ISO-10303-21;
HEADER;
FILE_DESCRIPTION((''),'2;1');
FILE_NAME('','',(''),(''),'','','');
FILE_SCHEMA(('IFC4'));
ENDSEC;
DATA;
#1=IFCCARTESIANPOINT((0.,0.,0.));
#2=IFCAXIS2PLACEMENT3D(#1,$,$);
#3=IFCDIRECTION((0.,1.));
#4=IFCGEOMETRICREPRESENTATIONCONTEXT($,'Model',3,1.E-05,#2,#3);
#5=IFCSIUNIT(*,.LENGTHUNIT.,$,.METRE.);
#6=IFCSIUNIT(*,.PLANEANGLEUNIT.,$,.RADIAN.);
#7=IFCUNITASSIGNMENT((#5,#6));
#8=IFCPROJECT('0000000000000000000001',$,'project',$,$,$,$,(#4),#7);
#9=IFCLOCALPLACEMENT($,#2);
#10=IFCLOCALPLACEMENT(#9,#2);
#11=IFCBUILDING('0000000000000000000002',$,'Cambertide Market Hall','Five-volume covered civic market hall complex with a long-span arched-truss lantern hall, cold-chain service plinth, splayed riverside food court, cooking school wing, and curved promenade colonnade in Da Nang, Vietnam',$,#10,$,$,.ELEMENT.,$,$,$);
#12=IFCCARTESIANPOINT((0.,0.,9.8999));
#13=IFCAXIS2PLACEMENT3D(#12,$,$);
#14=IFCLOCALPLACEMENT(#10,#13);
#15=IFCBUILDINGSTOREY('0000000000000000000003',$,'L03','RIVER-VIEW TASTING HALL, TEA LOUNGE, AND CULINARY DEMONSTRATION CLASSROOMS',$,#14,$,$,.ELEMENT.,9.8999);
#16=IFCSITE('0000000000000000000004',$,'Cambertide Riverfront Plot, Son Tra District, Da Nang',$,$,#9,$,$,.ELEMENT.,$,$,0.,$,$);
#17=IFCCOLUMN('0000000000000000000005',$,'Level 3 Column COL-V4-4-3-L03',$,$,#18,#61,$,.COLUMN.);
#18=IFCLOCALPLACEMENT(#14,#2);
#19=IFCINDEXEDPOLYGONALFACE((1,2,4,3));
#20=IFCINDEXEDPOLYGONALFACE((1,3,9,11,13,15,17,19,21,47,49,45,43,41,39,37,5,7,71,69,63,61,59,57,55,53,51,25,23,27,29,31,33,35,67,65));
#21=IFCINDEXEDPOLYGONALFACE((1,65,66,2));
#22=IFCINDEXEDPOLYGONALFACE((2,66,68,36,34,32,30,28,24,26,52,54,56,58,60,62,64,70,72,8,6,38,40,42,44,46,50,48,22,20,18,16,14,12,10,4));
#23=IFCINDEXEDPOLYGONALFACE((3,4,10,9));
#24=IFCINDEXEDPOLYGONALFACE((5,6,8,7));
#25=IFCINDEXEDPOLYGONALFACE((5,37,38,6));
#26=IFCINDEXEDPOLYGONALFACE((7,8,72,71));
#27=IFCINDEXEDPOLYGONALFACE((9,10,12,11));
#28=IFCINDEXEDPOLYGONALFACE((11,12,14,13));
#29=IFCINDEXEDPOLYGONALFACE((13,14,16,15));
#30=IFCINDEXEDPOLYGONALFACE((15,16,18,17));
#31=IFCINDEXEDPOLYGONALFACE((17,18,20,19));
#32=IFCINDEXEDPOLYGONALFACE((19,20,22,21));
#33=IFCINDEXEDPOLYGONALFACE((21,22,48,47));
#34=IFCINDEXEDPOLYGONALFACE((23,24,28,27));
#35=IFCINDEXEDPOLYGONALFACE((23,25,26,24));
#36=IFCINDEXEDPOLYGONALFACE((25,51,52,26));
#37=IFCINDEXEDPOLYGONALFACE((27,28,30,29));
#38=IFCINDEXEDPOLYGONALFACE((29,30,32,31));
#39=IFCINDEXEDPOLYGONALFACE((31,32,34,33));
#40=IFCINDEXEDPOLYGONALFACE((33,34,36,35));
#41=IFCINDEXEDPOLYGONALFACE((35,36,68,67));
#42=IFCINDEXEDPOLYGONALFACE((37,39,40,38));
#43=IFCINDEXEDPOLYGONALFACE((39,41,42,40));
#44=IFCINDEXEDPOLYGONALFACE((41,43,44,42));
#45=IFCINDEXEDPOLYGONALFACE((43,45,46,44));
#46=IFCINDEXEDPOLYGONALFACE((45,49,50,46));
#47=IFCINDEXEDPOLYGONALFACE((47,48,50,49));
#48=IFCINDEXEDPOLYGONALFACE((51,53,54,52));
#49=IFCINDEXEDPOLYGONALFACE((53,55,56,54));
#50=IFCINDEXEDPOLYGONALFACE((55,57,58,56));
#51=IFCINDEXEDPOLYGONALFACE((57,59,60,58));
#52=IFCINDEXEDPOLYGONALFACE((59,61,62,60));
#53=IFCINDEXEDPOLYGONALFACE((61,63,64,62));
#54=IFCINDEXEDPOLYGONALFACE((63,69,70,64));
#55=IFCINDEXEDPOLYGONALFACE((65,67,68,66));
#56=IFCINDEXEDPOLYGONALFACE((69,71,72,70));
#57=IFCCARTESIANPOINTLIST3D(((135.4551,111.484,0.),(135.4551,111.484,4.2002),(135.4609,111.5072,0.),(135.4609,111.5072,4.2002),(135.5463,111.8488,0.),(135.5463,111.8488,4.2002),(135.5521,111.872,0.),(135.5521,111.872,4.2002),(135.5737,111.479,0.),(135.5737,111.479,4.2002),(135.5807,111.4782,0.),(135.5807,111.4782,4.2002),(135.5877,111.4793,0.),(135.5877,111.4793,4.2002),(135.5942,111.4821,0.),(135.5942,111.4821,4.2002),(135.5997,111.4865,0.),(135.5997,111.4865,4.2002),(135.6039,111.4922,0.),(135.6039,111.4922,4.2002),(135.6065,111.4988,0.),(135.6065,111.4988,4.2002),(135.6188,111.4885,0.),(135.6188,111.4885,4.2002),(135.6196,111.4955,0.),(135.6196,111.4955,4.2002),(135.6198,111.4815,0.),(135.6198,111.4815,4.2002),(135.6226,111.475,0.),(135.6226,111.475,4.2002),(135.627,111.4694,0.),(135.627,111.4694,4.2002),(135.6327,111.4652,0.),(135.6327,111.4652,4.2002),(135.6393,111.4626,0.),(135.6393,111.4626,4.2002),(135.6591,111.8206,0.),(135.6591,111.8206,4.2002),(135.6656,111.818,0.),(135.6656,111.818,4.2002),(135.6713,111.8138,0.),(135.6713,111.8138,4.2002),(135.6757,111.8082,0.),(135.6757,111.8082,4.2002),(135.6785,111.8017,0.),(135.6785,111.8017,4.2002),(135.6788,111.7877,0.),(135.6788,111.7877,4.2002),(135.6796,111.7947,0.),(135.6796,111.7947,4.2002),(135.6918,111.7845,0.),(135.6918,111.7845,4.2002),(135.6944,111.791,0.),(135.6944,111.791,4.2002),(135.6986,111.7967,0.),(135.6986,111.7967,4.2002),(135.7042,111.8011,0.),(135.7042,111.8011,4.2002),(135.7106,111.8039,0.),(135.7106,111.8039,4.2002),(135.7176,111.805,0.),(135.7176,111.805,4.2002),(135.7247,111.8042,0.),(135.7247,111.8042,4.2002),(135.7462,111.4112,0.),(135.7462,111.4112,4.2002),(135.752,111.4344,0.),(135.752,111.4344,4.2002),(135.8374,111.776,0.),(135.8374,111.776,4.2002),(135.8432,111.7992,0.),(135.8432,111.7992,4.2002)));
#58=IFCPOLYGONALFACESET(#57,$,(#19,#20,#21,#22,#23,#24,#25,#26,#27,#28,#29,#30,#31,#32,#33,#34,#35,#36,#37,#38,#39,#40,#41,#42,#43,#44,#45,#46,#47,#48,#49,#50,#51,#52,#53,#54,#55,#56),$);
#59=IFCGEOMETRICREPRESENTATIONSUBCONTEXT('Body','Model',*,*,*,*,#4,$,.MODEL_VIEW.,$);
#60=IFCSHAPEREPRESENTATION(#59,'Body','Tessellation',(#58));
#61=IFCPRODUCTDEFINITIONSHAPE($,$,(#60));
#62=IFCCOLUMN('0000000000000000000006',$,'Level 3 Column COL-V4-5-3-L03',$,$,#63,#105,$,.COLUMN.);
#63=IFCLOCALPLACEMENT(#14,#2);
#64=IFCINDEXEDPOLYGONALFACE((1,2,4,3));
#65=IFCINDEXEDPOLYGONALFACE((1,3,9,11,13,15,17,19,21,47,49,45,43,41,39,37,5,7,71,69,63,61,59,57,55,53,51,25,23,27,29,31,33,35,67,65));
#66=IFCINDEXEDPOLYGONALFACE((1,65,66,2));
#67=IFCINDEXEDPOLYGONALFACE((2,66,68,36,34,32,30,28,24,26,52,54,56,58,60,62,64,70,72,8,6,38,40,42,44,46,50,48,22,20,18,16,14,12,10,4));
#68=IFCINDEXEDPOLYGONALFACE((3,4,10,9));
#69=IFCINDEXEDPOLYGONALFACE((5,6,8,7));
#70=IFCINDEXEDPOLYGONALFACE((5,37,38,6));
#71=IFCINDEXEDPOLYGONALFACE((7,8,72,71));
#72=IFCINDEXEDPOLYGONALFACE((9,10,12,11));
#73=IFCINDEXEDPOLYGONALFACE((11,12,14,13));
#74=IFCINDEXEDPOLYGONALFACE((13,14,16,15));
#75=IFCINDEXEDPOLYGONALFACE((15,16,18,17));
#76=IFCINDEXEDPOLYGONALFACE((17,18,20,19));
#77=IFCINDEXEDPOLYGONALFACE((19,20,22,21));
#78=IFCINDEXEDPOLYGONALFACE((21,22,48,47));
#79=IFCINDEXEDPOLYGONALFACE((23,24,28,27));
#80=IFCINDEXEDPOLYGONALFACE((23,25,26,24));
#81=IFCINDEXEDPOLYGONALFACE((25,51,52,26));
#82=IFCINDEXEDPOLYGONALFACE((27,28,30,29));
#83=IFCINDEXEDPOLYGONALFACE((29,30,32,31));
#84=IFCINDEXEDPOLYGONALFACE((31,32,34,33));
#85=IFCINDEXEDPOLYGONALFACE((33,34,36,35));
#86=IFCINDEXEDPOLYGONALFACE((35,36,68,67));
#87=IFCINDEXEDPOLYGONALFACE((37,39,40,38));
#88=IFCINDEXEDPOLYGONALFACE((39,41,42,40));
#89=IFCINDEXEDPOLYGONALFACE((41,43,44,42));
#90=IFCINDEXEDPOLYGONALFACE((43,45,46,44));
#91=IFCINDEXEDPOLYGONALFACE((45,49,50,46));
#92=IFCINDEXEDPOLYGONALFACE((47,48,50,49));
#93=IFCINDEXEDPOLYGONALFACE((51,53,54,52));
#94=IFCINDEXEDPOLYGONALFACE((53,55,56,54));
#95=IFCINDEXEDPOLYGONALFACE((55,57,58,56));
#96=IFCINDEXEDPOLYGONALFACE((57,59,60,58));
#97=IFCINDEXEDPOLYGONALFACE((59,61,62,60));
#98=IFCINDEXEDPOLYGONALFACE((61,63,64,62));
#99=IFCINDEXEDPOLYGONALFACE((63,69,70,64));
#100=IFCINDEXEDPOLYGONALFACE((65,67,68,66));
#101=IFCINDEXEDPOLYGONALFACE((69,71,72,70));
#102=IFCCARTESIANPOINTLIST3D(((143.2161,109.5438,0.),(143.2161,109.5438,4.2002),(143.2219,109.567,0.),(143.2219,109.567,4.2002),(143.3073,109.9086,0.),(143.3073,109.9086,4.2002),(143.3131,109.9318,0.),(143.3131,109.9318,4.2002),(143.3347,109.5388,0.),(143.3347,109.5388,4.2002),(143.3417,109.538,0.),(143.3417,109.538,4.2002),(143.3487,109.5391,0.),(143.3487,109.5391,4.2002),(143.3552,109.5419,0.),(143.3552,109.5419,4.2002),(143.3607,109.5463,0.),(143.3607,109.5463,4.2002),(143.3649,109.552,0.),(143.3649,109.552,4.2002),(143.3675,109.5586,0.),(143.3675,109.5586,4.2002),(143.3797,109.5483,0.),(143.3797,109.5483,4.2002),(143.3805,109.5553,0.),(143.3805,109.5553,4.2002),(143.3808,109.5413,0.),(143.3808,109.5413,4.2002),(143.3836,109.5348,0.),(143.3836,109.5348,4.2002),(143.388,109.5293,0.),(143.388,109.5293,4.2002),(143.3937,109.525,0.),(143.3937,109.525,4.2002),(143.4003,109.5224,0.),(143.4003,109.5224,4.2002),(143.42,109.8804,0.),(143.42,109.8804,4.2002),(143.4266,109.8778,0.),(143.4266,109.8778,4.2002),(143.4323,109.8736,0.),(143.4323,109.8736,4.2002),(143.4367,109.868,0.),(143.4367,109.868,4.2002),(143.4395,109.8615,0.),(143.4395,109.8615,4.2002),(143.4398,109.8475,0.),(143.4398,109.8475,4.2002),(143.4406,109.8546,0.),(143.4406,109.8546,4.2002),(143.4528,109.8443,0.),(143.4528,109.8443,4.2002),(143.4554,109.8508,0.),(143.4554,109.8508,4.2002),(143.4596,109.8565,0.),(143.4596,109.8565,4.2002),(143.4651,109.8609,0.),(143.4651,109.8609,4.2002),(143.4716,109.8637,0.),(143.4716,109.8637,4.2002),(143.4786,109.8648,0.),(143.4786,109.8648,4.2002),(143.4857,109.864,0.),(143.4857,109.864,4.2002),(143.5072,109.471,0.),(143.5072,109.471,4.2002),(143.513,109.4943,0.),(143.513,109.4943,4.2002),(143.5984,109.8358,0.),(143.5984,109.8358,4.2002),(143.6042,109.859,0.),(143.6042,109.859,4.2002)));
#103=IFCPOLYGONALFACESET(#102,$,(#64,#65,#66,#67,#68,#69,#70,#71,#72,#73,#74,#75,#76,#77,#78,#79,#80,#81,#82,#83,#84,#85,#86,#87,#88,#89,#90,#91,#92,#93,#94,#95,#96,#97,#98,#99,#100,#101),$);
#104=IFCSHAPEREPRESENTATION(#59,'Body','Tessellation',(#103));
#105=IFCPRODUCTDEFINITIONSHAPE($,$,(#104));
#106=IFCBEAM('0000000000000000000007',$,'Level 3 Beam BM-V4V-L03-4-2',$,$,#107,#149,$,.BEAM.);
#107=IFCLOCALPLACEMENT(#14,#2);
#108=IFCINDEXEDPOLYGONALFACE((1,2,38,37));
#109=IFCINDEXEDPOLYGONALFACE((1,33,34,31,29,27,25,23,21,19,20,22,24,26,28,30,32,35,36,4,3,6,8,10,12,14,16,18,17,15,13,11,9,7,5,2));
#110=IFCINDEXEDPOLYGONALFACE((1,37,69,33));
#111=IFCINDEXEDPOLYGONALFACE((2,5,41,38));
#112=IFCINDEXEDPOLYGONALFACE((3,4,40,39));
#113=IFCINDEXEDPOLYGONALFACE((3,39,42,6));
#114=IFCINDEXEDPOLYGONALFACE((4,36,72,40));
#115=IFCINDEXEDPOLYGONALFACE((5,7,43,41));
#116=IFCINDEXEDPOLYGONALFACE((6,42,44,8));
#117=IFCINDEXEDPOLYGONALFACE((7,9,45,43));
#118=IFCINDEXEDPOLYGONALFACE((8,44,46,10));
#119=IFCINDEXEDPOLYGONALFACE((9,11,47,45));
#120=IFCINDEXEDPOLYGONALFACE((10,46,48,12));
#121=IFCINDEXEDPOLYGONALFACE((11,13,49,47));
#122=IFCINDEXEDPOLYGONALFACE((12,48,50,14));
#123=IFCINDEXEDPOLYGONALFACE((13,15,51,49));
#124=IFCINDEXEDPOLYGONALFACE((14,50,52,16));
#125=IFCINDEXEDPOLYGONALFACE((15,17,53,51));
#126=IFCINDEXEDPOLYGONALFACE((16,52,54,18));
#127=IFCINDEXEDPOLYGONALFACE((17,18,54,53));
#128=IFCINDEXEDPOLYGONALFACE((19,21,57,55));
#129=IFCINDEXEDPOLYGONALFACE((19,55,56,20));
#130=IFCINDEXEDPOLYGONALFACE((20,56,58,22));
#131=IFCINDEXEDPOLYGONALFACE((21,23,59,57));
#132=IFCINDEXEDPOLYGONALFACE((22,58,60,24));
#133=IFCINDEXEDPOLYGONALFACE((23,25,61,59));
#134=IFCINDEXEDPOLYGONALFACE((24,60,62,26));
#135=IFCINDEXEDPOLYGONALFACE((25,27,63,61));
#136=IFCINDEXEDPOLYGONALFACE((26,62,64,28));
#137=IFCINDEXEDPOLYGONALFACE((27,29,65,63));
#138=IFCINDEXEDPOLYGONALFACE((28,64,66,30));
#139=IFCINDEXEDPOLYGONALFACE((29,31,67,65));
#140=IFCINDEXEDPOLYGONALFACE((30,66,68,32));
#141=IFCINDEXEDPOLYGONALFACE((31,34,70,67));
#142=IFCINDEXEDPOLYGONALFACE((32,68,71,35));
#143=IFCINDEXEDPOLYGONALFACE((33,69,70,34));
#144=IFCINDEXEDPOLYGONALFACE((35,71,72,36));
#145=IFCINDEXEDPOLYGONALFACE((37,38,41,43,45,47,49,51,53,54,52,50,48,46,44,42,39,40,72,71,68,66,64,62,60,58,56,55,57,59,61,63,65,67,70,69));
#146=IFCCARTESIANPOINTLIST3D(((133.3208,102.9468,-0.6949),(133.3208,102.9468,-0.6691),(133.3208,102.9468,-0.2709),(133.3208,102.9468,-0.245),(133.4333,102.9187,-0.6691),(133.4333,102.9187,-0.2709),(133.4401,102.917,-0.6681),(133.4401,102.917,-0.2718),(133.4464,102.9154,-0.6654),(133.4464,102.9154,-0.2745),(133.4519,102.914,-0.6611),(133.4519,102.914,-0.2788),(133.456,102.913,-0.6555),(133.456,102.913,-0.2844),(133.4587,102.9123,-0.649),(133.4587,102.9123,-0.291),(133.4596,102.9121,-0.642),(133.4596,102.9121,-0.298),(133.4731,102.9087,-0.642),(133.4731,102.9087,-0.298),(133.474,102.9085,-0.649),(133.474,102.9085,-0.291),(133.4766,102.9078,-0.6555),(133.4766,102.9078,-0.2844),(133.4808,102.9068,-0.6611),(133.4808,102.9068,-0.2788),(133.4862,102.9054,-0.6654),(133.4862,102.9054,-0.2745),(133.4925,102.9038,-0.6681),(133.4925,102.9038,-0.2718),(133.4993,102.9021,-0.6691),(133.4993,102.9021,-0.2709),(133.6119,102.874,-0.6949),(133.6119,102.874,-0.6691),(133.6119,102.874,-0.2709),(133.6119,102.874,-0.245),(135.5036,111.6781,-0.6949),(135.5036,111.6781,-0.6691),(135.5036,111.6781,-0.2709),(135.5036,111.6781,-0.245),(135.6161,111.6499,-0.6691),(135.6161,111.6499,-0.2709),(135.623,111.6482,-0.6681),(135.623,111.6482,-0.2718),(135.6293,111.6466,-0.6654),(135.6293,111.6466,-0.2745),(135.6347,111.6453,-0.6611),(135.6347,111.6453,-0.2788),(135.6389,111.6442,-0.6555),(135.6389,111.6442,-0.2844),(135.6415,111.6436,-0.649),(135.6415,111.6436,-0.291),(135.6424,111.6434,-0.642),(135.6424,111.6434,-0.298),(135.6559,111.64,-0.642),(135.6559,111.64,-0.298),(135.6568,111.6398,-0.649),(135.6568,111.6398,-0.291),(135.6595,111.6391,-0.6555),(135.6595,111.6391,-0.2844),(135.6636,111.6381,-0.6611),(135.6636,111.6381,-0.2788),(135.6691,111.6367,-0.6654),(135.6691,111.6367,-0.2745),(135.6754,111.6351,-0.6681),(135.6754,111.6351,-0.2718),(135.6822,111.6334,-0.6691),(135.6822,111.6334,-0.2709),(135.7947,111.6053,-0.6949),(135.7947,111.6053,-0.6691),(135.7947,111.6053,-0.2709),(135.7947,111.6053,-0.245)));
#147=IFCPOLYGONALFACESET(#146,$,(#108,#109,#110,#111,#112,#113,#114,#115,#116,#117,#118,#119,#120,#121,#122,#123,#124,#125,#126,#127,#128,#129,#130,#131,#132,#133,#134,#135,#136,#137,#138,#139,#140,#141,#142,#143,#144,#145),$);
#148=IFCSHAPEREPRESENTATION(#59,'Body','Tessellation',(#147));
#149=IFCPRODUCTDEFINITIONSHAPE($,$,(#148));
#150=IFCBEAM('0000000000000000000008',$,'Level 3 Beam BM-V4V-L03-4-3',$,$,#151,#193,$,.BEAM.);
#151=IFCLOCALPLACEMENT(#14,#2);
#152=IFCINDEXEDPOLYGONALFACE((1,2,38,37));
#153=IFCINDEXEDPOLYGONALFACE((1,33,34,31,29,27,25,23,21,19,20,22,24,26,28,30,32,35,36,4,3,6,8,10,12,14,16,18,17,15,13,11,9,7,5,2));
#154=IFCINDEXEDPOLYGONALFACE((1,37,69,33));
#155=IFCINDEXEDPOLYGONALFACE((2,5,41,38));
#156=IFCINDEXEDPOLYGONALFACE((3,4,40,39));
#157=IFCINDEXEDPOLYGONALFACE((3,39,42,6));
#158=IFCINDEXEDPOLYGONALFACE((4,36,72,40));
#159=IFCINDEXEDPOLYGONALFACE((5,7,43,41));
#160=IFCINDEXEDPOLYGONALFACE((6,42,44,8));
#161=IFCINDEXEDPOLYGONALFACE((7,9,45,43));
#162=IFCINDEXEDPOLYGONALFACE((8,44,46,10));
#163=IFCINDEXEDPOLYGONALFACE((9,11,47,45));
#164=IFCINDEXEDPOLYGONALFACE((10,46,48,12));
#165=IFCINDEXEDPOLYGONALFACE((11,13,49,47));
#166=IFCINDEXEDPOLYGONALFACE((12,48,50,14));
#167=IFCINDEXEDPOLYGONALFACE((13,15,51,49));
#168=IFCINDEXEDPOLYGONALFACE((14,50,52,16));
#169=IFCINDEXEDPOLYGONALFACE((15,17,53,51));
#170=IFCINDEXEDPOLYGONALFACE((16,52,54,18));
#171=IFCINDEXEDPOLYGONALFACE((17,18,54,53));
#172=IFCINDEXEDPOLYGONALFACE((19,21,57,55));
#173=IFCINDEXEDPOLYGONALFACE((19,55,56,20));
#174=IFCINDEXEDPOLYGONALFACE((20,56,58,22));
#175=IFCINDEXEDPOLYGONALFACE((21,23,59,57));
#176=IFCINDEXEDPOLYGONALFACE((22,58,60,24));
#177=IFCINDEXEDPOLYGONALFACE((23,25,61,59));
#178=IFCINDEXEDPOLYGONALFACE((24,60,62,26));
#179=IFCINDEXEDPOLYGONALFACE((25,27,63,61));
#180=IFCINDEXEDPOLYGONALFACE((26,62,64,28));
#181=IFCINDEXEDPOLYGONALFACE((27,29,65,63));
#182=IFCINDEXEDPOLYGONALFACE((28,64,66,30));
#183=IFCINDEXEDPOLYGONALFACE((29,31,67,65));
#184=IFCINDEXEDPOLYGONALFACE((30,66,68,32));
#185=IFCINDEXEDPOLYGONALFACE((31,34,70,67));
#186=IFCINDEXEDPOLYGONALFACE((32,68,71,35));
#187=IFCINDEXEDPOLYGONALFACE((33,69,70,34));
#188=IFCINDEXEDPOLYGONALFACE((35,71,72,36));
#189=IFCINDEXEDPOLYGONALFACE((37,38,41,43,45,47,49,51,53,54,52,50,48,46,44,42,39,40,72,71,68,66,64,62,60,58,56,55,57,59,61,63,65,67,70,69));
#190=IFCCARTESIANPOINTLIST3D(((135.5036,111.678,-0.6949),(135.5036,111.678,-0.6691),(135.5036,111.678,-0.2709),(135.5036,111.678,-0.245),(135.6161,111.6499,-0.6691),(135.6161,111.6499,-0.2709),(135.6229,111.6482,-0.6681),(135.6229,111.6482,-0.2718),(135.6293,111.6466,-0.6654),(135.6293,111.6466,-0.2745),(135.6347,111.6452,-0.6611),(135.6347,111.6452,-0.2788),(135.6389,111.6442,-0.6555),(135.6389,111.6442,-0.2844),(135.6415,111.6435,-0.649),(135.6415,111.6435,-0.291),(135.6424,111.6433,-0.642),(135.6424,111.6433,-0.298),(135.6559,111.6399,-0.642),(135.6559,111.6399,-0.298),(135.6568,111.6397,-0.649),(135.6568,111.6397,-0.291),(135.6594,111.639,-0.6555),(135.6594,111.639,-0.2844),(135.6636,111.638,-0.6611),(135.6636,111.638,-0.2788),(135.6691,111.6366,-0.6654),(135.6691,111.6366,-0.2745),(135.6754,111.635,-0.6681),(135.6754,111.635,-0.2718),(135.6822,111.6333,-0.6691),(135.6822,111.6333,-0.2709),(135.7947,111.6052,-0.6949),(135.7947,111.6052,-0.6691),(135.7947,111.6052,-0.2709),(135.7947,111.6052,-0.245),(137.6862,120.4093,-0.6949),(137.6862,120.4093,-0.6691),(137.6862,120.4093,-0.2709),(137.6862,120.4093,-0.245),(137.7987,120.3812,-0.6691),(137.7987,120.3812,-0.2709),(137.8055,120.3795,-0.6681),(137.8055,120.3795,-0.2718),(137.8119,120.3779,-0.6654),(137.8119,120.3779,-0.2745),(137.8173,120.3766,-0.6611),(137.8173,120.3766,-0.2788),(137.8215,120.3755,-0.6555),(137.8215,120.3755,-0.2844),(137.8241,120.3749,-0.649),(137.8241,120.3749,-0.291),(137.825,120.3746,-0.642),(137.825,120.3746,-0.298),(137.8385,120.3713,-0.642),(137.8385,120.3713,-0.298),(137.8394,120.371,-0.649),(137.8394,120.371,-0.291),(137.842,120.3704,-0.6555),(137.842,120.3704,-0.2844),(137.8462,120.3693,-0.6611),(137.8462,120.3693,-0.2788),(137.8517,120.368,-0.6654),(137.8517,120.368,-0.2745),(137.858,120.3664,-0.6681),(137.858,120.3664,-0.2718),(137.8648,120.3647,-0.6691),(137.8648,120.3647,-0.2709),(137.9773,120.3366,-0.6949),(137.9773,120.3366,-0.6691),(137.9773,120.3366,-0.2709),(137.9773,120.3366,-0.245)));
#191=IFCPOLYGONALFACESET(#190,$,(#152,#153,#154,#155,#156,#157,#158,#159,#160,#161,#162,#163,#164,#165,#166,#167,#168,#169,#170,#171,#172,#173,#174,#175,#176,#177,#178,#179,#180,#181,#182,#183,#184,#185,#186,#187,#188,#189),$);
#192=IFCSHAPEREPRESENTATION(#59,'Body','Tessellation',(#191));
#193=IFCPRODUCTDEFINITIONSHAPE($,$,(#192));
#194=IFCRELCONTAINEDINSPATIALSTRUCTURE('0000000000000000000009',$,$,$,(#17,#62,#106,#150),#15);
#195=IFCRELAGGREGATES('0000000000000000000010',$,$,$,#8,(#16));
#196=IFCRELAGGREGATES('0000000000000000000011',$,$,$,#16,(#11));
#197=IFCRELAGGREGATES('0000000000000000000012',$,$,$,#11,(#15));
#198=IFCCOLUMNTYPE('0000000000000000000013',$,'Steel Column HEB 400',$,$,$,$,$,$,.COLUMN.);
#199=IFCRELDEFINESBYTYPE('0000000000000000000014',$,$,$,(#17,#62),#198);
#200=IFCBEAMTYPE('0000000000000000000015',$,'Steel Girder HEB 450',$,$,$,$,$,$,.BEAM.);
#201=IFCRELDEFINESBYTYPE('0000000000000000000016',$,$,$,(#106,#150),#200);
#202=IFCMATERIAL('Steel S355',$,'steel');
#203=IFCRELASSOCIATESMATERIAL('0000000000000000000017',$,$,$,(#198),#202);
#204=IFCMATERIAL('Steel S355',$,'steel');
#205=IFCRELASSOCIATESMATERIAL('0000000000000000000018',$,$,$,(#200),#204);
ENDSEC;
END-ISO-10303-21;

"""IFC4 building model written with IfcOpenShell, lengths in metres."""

from ifc_helpers import new_model, si_unit, direction, frame, origin, origin_2d, place, context, subcontext, project, spatial, i_section, extrude, material, material_profile, profile_set, type_object, element, save


model = new_model("IFC4")

# Units and contexts
model_context = context("Model", 3, precision=1e-05, world=origin(), true_north=direction((0.0, 1.0)))
body_context = subcontext(model_context, "Body", "Model", "MODEL_VIEW")
ifc_project = project(units=[si_unit("LENGTHUNIT", "METRE"), si_unit("PLANEANGLEUNIT", "RADIAN")], contexts=[model_context])

# Site, building, storey
site_placement = place(None, origin())
site = spatial("IfcSite", under=ifc_project, at=site_placement, Name="Cambertide Riverfront Plot, Son Tra District, Da Nang", CompositionType="ELEMENT", RefElevation=0.0)
building_placement = place(site_placement, origin())
building = spatial("IfcBuilding", under=site, at=building_placement, Name="Cambertide Market Hall", Description="Five-volume covered civic market hall complex with a long-span arched-truss lantern hall, cold-chain service plinth, splayed riverside food court, cooking school wing, and curved promenade colonnade in Da Nang, Vietnam", CompositionType="ELEMENT")
storey_placement = place(building_placement, frame((0.0, 0.0, 9.8999)))
storey = spatial("IfcBuildingStorey", under=building, at=storey_placement, Name="L03", Description="RIVER-VIEW TASTING HALL, TEA LOUNGE, AND CULINARY DEMONSTRATION CLASSROOMS", CompositionType="ELEMENT", Elevation=9.8999)

# Columns
ifc_material_1 = material(Name="Steel S355", Category="steel")
ifc_material_profile_1 = material_profile(ifc_material_1, i_section(OverallWidth=0.3, OverallDepth=0.3999, WebThickness=0.0134, FlangeThickness=0.0239, FilletRadius=0.0271, at=origin_2d()), Name="HEB 400")
ifc_profile_set_1 = profile_set([ifc_material_profile_1], Name="Steel S355")
column_type = type_object("IfcColumnType", Name="Steel Column HEB 400", PredefinedType="COLUMN", material=ifc_profile_set_1)
for number, where, z_axis, x_axis, name in (
    (1, (135.6492, 111.6416, 0.0), (0.0, 0.0, 1.0), (0.970143, -0.242536, 0.0), "Level 3 Column COL-V4-4-3-L03"),
    (2, (143.4102, 109.7014, 0.0), (0.0, 0.0, 1.0), (0.970143, -0.242536, 0.0), "Level 3 Column COL-V4-5-3-L03"),
):
    element("IfcColumn", number, at=place(storey_placement, frame(where, z_axis=z_axis, x_axis=x_axis)), inside=storey, type_object=column_type, Name=name, PredefinedType="COLUMN", context=body_context, shape_type="SweptSolid", body=[
        extrude(i_section(OverallWidth=0.3, OverallDepth=0.3999, WebThickness=0.0134, FlangeThickness=0.0239, FilletRadius=0.0271, at=origin_2d()), origin(), (0.0, 0.0, 1.0), 4.2002),
    ])

# Beams
ifc_material_2 = material(Name="Steel S355", Category="steel")
ifc_material_profile_2 = material_profile(ifc_material_2, i_section(OverallWidth=0.3, OverallDepth=0.45, WebThickness=0.0139, FlangeThickness=0.0259, FilletRadius=0.0271, at=origin_2d()), Name="HEB 450")
ifc_profile_set_2 = profile_set([ifc_material_profile_2], Name="Steel S355")
beam_type_1 = type_object("IfcBeamType", Name="Steel Girder HEB 450", PredefinedType="BEAM", material=ifc_profile_set_2)
for number, where, z_axis, x_axis, name in (
    (3, (133.4663, 102.9104, -0.47), (0.242542, 0.970141, 0.0), (-0.970141, 0.242542, 0.0), "Level 3 Beam BM-V4V-L03-4-2"),
    (4, (135.6492, 111.6416, -0.47), (0.24251, 0.970149, 0.0), (-0.970149, 0.24251, 0.0), "Level 3 Beam BM-V4V-L03-4-3"),
):
    element("IfcBeam", number, at=place(storey_placement, frame(where, z_axis=z_axis, x_axis=x_axis)), inside=storey, type_object=beam_type_1, Name=name, PredefinedType="BEAM", context=body_context, shape_type="SweptSolid", body=[
        extrude(i_section(OverallWidth=0.3, OverallDepth=0.45, WebThickness=0.0139, FlangeThickness=0.0259, FilletRadius=0.0271, at=origin_2d()), origin(), (0.0, 0.0, 1.0), 9.0),
    ])

save(model, "model.ifc")
